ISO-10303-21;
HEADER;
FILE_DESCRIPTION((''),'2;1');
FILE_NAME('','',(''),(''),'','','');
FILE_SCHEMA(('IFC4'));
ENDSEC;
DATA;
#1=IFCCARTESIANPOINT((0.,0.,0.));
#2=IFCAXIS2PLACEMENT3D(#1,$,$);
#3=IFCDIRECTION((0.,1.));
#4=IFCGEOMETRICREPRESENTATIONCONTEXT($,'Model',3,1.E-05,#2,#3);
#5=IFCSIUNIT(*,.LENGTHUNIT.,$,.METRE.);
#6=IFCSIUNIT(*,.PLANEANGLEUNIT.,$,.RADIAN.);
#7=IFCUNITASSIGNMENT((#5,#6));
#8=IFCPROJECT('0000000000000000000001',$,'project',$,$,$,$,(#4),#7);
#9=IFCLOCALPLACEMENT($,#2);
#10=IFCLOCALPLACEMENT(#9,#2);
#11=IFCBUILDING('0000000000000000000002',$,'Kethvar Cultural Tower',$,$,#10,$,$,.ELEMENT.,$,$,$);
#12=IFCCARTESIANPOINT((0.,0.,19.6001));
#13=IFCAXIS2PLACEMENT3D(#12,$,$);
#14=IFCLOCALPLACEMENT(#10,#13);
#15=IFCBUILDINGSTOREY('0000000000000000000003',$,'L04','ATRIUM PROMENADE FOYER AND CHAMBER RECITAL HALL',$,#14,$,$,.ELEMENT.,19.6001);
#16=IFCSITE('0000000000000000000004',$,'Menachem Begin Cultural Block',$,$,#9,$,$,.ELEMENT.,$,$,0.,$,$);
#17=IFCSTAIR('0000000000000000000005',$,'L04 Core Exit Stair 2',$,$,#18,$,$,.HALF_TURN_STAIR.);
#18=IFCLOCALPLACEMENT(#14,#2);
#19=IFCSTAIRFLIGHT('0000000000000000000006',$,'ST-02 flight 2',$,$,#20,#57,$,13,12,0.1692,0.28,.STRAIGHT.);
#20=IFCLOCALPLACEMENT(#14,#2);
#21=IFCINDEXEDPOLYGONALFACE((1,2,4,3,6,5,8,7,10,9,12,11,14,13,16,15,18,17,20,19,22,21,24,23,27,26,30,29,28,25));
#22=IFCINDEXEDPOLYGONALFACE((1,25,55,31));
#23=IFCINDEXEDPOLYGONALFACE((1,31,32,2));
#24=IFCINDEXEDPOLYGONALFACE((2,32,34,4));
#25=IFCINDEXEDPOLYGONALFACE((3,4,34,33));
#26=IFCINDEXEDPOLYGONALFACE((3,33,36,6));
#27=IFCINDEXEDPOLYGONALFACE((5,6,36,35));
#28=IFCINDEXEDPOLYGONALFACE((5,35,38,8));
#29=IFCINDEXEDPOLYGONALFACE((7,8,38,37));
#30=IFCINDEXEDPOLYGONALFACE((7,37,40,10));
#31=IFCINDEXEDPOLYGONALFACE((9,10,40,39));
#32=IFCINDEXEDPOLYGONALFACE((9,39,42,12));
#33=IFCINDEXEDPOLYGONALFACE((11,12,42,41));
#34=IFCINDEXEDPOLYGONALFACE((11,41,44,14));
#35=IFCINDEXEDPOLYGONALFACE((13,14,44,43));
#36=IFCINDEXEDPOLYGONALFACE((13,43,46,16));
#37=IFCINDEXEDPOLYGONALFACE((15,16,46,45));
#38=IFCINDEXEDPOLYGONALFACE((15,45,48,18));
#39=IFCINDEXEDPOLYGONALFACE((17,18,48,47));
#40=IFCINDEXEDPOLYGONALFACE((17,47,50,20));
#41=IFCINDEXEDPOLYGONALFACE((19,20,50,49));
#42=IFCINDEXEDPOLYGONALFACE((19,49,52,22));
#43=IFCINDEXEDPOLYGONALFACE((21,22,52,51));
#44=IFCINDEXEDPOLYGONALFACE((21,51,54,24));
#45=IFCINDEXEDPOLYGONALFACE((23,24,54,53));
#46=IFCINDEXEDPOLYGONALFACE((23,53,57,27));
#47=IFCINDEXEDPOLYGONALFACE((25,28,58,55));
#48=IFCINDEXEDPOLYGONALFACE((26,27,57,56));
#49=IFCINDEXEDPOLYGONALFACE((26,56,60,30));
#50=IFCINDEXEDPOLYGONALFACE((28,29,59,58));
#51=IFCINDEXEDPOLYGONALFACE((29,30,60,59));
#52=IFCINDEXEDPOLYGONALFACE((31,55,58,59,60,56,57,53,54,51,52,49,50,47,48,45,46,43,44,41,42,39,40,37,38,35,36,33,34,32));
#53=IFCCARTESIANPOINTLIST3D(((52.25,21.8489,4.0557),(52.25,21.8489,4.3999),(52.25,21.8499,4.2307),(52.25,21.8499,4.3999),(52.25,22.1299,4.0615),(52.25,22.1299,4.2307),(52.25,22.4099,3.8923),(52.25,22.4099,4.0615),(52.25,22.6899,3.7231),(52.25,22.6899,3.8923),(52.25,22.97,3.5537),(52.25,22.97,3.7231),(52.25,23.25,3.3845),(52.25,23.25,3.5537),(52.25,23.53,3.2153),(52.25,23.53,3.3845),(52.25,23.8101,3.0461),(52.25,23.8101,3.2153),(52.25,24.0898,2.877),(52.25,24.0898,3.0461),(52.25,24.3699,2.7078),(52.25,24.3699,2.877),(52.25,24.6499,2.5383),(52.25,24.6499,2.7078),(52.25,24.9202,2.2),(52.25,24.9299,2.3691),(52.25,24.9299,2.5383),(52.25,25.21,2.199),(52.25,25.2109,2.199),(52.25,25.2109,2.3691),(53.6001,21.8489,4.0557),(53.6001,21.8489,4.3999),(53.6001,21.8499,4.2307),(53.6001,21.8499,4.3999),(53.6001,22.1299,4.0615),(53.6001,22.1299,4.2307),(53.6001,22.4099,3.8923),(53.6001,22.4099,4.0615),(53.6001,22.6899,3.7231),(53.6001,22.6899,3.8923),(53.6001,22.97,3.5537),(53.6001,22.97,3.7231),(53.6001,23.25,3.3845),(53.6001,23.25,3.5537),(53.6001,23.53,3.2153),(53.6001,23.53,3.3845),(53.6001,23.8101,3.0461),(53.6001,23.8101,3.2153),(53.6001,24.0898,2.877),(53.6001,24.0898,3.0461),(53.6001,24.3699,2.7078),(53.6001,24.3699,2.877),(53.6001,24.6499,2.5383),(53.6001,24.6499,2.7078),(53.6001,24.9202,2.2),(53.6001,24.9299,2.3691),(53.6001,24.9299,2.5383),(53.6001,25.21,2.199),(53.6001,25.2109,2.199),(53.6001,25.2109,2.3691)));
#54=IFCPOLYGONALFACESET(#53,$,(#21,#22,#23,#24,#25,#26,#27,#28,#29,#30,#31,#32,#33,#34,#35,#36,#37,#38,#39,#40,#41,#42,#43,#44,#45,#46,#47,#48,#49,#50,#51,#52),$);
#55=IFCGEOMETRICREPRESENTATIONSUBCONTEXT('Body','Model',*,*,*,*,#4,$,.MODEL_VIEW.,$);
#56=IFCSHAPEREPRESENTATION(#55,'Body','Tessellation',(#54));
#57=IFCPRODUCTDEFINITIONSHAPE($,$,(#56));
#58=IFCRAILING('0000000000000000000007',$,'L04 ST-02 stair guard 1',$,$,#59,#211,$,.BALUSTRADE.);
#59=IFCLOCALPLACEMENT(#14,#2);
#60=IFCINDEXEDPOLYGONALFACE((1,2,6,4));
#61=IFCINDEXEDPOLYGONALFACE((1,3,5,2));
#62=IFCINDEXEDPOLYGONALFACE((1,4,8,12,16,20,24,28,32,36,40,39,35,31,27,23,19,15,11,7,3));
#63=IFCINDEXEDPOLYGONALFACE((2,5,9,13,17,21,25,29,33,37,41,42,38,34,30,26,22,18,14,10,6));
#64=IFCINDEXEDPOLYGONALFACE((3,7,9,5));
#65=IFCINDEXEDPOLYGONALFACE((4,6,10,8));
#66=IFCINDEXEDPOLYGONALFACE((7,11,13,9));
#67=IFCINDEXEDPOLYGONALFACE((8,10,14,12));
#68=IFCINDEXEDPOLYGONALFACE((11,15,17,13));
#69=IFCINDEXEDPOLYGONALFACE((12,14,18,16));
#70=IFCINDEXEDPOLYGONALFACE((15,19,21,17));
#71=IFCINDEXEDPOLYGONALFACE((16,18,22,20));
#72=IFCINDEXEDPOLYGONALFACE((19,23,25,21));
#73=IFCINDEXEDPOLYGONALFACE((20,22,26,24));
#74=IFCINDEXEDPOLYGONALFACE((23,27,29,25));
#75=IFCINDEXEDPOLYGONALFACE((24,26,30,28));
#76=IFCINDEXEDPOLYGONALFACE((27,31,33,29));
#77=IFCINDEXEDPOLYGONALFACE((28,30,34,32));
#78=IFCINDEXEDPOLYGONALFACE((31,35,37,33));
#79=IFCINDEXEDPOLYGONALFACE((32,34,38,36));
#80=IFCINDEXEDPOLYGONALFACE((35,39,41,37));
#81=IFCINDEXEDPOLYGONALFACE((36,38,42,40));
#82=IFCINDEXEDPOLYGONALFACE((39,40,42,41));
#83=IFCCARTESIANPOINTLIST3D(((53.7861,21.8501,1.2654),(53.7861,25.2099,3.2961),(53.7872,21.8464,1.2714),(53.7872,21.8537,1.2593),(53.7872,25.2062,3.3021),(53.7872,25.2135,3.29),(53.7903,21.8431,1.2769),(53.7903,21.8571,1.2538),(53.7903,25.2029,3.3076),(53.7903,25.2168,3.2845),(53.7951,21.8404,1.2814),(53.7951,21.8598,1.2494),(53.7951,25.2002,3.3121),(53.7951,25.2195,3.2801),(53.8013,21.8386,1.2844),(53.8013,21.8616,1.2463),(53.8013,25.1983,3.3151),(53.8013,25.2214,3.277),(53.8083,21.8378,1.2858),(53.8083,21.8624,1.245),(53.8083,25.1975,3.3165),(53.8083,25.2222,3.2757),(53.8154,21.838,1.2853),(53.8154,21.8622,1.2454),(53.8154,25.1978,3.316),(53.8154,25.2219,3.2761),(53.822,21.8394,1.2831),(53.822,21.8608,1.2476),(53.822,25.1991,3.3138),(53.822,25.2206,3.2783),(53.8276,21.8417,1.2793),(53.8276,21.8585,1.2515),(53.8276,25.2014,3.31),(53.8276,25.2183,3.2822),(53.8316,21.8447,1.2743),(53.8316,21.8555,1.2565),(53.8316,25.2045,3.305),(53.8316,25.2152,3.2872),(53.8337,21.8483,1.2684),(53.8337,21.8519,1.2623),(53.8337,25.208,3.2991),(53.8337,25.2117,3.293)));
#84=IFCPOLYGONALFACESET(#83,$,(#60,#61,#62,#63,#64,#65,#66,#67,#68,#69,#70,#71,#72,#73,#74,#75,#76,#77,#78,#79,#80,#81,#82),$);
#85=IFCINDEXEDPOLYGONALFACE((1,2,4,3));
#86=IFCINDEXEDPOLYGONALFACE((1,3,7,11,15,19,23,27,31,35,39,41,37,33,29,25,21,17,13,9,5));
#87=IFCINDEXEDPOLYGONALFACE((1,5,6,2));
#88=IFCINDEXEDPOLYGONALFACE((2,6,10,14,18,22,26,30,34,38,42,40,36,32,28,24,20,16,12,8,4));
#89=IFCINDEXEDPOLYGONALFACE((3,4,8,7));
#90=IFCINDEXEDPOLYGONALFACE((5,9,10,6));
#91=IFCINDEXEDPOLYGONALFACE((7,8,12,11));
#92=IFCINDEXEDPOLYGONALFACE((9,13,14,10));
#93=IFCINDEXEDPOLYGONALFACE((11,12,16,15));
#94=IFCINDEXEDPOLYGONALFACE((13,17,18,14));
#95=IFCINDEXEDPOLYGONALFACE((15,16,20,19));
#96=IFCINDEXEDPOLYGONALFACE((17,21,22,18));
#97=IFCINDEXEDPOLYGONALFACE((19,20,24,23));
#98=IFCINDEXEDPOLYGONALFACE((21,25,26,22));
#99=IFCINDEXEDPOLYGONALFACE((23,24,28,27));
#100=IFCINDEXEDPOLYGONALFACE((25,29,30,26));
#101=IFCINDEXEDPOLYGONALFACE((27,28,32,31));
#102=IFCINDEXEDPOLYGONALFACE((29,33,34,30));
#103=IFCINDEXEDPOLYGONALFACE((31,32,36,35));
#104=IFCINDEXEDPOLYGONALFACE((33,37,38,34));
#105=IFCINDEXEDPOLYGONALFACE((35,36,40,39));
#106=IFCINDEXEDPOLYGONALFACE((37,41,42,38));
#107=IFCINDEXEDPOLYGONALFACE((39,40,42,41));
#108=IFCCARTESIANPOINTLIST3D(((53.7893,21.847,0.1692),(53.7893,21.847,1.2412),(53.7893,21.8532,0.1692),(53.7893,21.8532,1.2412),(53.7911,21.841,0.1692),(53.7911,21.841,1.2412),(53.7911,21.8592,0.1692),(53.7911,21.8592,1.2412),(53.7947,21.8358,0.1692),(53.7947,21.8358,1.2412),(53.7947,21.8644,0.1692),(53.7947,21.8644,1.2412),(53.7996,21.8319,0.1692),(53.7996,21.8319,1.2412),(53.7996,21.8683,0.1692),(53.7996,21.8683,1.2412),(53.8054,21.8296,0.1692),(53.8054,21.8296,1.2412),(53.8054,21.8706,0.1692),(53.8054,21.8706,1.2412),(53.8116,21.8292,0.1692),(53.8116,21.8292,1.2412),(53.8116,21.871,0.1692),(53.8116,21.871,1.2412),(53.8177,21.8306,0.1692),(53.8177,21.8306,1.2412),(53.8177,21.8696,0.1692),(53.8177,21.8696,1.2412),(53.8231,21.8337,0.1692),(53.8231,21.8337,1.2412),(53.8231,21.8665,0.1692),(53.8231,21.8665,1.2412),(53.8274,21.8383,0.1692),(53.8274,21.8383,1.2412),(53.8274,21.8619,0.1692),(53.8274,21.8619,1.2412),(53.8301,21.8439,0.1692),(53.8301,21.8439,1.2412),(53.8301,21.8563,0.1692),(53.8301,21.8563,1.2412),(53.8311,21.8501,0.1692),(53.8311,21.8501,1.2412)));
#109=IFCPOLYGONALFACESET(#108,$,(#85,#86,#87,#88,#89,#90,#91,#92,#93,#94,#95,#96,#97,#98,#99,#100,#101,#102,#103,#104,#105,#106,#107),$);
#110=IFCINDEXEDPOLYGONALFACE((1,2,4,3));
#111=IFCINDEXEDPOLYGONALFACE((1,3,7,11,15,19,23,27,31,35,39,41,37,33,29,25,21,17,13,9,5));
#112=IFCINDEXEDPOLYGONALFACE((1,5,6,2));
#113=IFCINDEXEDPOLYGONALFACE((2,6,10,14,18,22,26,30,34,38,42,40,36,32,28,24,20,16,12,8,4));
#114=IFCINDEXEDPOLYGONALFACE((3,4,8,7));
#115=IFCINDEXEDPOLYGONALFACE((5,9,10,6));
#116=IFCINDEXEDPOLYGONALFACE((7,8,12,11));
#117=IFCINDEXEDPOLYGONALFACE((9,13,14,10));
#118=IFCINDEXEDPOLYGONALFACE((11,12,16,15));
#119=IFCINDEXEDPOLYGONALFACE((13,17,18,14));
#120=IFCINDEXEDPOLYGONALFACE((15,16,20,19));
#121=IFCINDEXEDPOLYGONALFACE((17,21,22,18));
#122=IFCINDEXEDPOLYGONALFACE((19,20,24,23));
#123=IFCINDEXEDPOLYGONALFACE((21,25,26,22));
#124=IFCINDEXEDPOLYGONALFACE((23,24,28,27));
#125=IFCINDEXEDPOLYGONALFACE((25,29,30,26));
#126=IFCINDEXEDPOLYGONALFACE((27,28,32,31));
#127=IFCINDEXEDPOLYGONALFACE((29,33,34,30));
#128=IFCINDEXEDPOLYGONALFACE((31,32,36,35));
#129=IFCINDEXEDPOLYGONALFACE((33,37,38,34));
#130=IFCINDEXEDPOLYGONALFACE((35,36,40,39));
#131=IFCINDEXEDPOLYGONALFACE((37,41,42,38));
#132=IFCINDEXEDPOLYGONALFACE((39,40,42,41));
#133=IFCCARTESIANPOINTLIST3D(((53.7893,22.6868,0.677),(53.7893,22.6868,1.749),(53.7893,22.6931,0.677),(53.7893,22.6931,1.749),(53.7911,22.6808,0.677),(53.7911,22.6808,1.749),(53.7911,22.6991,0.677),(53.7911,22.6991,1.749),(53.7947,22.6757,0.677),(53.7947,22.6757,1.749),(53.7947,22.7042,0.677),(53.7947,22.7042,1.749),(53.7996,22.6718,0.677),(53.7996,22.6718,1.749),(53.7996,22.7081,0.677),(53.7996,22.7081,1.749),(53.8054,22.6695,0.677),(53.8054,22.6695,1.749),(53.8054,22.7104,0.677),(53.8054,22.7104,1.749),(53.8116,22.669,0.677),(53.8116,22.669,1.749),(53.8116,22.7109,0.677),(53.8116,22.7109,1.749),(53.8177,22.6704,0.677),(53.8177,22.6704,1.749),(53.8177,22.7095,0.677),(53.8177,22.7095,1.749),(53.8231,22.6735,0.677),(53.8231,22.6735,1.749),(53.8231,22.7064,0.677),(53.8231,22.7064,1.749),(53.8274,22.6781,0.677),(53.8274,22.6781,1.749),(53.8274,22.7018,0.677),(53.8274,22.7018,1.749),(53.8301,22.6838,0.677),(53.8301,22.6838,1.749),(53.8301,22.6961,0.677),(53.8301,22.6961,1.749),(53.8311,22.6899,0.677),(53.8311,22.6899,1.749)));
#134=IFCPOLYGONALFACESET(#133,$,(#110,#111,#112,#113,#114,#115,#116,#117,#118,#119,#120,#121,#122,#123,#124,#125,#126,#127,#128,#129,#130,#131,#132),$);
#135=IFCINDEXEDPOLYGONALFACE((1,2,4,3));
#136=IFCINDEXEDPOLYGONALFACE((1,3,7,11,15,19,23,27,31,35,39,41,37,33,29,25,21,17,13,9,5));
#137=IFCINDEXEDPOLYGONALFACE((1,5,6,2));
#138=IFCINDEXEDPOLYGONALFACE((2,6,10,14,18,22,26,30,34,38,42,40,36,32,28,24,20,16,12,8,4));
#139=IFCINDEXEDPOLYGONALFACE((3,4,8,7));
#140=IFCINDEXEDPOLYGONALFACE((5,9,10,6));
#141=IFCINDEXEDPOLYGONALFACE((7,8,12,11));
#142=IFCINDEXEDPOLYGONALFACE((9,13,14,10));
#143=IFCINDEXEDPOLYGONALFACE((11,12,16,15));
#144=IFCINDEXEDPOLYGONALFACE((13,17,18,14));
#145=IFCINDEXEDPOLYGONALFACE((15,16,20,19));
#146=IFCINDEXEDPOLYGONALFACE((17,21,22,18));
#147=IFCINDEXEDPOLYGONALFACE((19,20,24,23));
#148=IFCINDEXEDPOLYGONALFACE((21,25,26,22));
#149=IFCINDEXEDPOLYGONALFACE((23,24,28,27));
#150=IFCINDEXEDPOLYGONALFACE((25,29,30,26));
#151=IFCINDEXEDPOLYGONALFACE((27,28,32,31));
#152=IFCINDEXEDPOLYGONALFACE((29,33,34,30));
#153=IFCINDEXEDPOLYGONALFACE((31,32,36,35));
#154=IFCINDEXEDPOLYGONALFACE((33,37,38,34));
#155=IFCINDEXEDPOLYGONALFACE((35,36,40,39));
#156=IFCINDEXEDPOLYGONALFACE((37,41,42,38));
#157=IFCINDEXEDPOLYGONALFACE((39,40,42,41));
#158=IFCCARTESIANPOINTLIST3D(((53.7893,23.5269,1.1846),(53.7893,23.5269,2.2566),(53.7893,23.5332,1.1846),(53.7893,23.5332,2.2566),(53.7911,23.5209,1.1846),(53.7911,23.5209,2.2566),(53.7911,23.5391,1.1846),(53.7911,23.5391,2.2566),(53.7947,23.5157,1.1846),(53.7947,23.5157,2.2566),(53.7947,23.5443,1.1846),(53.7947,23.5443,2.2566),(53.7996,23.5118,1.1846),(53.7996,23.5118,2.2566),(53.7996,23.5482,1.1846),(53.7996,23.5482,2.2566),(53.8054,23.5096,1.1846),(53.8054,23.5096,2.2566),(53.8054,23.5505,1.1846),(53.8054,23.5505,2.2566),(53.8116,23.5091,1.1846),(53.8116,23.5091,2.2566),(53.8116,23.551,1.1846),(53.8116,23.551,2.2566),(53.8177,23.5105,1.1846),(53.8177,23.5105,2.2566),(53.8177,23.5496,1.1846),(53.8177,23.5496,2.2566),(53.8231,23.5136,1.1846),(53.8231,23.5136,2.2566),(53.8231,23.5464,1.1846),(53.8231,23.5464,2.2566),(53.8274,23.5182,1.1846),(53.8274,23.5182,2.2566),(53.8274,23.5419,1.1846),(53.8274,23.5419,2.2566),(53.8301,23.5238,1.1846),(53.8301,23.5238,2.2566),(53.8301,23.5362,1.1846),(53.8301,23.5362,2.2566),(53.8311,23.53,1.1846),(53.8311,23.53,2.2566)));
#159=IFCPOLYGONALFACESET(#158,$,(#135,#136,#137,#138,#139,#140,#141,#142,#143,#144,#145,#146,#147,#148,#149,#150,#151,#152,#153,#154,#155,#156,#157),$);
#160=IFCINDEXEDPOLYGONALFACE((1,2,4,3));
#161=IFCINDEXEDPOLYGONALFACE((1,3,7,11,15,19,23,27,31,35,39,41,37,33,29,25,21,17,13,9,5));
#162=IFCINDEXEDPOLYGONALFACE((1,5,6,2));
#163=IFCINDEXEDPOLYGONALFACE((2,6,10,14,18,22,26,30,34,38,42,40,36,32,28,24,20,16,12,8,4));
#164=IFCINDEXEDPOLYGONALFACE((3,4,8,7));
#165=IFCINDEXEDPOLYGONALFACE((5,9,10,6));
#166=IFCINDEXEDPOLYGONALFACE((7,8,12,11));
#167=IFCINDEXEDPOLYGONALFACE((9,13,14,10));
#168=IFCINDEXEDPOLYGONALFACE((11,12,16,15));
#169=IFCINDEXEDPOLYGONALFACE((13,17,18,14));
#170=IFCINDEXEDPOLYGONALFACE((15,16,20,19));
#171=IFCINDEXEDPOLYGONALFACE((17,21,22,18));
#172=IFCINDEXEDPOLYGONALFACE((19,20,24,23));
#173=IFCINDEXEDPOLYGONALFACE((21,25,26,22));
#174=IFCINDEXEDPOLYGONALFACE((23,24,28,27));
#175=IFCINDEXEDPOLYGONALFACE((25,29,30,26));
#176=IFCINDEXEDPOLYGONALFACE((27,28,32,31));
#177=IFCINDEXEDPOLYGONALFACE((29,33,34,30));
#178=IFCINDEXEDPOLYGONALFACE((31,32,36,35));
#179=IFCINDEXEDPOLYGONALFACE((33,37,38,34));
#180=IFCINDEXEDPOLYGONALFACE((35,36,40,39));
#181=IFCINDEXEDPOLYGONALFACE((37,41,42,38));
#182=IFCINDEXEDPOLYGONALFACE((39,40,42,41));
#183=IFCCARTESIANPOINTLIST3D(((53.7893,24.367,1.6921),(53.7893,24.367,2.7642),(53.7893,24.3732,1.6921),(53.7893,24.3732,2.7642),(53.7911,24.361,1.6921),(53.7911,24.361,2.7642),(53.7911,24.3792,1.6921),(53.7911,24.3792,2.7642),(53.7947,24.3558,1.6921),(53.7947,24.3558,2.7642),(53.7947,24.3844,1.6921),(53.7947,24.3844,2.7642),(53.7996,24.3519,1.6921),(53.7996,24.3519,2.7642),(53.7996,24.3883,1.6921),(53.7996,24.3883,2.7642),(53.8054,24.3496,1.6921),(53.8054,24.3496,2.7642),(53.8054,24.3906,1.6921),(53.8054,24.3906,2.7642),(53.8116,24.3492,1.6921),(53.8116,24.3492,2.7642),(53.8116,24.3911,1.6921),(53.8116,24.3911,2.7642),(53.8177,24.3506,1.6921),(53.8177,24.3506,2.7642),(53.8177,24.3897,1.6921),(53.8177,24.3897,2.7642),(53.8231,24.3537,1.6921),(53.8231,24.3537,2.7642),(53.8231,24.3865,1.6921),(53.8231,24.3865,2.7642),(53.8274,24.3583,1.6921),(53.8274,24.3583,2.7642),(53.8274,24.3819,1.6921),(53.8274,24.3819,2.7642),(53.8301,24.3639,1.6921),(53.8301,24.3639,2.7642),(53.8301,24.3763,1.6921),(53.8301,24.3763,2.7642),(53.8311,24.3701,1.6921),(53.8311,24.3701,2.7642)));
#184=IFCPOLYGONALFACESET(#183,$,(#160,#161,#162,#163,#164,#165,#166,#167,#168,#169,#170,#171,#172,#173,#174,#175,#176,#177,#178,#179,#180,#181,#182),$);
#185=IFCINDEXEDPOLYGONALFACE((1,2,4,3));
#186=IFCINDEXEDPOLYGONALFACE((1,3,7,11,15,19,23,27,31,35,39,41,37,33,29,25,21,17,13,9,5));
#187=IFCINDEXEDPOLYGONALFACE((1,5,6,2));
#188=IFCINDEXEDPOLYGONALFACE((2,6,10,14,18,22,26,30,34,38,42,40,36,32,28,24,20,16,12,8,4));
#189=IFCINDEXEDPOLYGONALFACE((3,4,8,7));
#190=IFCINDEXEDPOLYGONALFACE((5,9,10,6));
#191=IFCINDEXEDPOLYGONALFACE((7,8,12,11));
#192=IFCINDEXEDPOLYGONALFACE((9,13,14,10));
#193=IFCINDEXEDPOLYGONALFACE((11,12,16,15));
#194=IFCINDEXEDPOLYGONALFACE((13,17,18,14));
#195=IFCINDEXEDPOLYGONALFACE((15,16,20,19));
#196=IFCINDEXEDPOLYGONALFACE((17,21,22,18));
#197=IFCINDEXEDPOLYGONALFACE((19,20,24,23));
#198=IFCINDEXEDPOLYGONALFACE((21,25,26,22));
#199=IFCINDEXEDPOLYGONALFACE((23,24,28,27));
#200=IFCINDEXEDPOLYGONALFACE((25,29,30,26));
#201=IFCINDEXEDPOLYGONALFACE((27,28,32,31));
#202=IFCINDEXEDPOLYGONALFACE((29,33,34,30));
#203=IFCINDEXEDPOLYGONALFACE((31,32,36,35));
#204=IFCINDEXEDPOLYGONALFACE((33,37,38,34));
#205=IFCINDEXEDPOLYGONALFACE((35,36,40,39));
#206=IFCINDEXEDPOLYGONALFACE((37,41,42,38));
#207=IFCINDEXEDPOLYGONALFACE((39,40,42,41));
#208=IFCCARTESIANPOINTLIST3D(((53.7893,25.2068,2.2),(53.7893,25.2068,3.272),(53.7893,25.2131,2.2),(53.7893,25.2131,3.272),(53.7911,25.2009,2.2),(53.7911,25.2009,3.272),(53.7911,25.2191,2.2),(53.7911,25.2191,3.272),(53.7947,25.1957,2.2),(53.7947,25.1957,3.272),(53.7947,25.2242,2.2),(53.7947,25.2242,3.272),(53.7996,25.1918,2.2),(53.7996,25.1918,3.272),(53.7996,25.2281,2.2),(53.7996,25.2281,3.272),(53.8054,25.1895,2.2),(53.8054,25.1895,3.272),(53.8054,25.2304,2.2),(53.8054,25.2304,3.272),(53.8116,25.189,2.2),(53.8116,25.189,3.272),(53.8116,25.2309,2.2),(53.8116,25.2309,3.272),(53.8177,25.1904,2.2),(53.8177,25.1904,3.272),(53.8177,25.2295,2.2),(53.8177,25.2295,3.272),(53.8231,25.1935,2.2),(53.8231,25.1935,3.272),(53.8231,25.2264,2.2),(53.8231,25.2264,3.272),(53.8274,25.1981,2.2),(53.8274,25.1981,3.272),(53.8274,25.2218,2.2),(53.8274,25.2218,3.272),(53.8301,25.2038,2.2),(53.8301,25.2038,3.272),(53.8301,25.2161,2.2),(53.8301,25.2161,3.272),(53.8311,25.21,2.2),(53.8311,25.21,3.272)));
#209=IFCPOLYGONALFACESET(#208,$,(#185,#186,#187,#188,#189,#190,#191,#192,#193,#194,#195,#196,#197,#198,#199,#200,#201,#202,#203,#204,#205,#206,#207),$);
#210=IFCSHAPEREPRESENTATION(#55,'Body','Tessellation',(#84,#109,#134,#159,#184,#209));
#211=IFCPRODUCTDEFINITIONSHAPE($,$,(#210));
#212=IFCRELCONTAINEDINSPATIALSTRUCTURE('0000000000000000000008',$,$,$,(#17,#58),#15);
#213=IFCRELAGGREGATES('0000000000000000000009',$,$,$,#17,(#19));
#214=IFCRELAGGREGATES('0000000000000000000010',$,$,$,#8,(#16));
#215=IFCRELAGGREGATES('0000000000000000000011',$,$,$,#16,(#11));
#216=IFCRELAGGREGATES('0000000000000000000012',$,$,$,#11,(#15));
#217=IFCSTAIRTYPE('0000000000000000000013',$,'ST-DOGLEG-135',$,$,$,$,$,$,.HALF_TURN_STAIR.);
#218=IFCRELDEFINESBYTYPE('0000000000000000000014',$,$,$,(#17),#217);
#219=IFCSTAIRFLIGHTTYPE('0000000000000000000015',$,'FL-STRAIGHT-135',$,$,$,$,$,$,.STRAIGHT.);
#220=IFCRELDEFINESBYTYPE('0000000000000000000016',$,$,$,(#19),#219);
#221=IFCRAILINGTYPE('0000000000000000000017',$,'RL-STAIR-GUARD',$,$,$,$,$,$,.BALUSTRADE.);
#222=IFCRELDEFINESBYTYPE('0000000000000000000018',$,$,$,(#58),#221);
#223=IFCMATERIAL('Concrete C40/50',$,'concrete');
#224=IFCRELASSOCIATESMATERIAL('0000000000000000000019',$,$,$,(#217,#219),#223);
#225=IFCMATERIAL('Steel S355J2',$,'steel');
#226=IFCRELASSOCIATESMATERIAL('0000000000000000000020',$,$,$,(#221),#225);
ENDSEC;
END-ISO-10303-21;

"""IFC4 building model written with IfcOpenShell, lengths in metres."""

from ifc_helpers import new_model, si_unit, direction, frame, origin, origin_2d, place, context, subcontext, project, spatial, polyline, circle, outline, extrude, material, type_object, element, aggregate, save


model = new_model("IFC4")

# Units and contexts
model_context = context("Model", 3, precision=1e-05, world=origin(), true_north=direction((0.0, 1.0)))
body_context = subcontext(model_context, "Body", "Model", "MODEL_VIEW")
ifc_project = project(units=[si_unit("LENGTHUNIT", "METRE"), si_unit("PLANEANGLEUNIT", "RADIAN")], contexts=[model_context])

# Site, building, storey
site_placement = place(None, origin())
site = spatial("IfcSite", under=ifc_project, at=site_placement, Name="Menachem Begin Cultural Block", CompositionType="ELEMENT", RefElevation=0.0)
building_placement = place(site_placement, origin())
building = spatial("IfcBuilding", under=site, at=building_placement, Name="Kethvar Cultural Tower", CompositionType="ELEMENT")
storey_placement = place(building_placement, frame((0.0, 0.0, 19.6001)))
storey = spatial("IfcBuildingStorey", under=building, at=storey_placement, Name="L04", Description="ATRIUM PROMENADE FOYER AND CHAMBER RECITAL HALL", CompositionType="ELEMENT", Elevation=19.6001)

# Shared definitions
ifc_material_1 = material(Name="Steel S355J2", Category="steel")

# Shared definitions
ifc_material_2 = material(Name="Concrete C40/50", Category="concrete")

# Stair, stair flight
stair_type = type_object("IfcStairType", Name="ST-DOGLEG-135", PredefinedType="HALF_TURN_STAIR", material=ifc_material_2)
stair_placement = place(storey_placement, origin())
stair = element("IfcStair", 1, at=stair_placement, inside=storey, type_object=stair_type, Name="L04 Core Exit Stair 2", PredefinedType="HALF_TURN_STAIR")
stair_flight_type = type_object("IfcStairFlightType", Name="FL-STRAIGHT-135", PredefinedType="STRAIGHT", material=ifc_material_2)
stair_flight_1_placement = place(storey_placement, frame((52.925, 25.21, 2.2), z_axis=(0.0, 0.0, 1.0), x_axis=(0.0, -1.0, 0.0)))
stair_flight_1 = element("IfcStairFlight", 2, at=stair_flight_1_placement, type_object=stair_flight_type, Name="ST-02 flight 2", NumberOfRisers=13, NumberOfTreads=12, PredefinedType="STRAIGHT", RiserHeight=0.1692, TreadLength=0.28, context=body_context, shape_type="SweptSolid", body=[
    extrude(outline(polyline([(-0.001, -0.001), (-0.001, 0.1692), (0.28, 0.1692), (0.28, 0.3384), (0.5601, 0.3384), (0.5601, 0.5078), (0.8401, 0.5078), (0.8401, 0.677), (1.1201, 0.677), (1.1201, 0.8462), (1.3999, 0.8462), (1.3999, 1.0154), (1.6799, 1.0154), (1.6799, 1.1846), (1.96, 1.1846), (1.96, 1.3538), (2.24, 1.3538), (2.24, 1.5232), (2.52, 1.5232), (2.52, 1.6924), (2.8, 1.6924), (2.8, 1.8616), (3.0801, 1.8616), (3.0801, 2.0308), (3.3601, 2.0308), (3.3601, 2.2), (3.3611, 2.2), (3.3611, 1.8557), (0.2898, 0.0), (0.0, -0.001), (-0.001, -0.001)])), frame((0.0, 0.675, 0.0), z_axis=(0.0, -1.0, 0.0), x_axis=(1.0, 0.0, 0.0)), (0.0, 0.0, 1.0), 1.3501),
])
aggregate(stair, [stair_flight_1])

# Railing
railing_type_1 = type_object("IfcRailingType", Name="RL-STAIR-GUARD", PredefinedType="BALUSTRADE", material=ifc_material_1)
railing_1_placement = place(storey_placement, frame((53.8101, 21.8501, 0.1692)))
element("IfcRailing", 3, at=railing_1_placement, inside=storey, type_object=railing_type_1, Name="L04 ST-02 stair guard 1", PredefinedType="BALUSTRADE", context=body_context, shape_type="SweptSolid", body=[
    extrude(circle(Radius=0.0239, at=origin_2d()), frame((0.0, 0.0, 1.0962), z_axis=(0.0, 0.85582, 0.517273), x_axis=(-1.0, 0.0, 0.0)), (0.0, 0.0, 1.0), 3.9258),
    extrude(circle(Radius=0.021, at=origin_2d()), origin(), (0.0, 0.0, 1.0), 1.072),
    extrude(circle(Radius=0.021, at=origin_2d()), frame((0.0, 0.8398, 0.5078)), (0.0, 0.0, 1.0), 1.072),
    extrude(circle(Radius=0.021, at=origin_2d()), frame((0.0, 1.6799, 1.0154)), (0.0, 0.0, 1.0), 1.072),
    extrude(circle(Radius=0.021, at=origin_2d()), frame((0.0, 2.52, 1.5229)), (0.0, 0.0, 1.0), 1.072),
    extrude(circle(Radius=0.021, at=origin_2d()), frame((0.0, 3.3599, 2.0308)), (0.0, 0.0, 1.0), 1.072),
])

save(model, "model.ifc")
